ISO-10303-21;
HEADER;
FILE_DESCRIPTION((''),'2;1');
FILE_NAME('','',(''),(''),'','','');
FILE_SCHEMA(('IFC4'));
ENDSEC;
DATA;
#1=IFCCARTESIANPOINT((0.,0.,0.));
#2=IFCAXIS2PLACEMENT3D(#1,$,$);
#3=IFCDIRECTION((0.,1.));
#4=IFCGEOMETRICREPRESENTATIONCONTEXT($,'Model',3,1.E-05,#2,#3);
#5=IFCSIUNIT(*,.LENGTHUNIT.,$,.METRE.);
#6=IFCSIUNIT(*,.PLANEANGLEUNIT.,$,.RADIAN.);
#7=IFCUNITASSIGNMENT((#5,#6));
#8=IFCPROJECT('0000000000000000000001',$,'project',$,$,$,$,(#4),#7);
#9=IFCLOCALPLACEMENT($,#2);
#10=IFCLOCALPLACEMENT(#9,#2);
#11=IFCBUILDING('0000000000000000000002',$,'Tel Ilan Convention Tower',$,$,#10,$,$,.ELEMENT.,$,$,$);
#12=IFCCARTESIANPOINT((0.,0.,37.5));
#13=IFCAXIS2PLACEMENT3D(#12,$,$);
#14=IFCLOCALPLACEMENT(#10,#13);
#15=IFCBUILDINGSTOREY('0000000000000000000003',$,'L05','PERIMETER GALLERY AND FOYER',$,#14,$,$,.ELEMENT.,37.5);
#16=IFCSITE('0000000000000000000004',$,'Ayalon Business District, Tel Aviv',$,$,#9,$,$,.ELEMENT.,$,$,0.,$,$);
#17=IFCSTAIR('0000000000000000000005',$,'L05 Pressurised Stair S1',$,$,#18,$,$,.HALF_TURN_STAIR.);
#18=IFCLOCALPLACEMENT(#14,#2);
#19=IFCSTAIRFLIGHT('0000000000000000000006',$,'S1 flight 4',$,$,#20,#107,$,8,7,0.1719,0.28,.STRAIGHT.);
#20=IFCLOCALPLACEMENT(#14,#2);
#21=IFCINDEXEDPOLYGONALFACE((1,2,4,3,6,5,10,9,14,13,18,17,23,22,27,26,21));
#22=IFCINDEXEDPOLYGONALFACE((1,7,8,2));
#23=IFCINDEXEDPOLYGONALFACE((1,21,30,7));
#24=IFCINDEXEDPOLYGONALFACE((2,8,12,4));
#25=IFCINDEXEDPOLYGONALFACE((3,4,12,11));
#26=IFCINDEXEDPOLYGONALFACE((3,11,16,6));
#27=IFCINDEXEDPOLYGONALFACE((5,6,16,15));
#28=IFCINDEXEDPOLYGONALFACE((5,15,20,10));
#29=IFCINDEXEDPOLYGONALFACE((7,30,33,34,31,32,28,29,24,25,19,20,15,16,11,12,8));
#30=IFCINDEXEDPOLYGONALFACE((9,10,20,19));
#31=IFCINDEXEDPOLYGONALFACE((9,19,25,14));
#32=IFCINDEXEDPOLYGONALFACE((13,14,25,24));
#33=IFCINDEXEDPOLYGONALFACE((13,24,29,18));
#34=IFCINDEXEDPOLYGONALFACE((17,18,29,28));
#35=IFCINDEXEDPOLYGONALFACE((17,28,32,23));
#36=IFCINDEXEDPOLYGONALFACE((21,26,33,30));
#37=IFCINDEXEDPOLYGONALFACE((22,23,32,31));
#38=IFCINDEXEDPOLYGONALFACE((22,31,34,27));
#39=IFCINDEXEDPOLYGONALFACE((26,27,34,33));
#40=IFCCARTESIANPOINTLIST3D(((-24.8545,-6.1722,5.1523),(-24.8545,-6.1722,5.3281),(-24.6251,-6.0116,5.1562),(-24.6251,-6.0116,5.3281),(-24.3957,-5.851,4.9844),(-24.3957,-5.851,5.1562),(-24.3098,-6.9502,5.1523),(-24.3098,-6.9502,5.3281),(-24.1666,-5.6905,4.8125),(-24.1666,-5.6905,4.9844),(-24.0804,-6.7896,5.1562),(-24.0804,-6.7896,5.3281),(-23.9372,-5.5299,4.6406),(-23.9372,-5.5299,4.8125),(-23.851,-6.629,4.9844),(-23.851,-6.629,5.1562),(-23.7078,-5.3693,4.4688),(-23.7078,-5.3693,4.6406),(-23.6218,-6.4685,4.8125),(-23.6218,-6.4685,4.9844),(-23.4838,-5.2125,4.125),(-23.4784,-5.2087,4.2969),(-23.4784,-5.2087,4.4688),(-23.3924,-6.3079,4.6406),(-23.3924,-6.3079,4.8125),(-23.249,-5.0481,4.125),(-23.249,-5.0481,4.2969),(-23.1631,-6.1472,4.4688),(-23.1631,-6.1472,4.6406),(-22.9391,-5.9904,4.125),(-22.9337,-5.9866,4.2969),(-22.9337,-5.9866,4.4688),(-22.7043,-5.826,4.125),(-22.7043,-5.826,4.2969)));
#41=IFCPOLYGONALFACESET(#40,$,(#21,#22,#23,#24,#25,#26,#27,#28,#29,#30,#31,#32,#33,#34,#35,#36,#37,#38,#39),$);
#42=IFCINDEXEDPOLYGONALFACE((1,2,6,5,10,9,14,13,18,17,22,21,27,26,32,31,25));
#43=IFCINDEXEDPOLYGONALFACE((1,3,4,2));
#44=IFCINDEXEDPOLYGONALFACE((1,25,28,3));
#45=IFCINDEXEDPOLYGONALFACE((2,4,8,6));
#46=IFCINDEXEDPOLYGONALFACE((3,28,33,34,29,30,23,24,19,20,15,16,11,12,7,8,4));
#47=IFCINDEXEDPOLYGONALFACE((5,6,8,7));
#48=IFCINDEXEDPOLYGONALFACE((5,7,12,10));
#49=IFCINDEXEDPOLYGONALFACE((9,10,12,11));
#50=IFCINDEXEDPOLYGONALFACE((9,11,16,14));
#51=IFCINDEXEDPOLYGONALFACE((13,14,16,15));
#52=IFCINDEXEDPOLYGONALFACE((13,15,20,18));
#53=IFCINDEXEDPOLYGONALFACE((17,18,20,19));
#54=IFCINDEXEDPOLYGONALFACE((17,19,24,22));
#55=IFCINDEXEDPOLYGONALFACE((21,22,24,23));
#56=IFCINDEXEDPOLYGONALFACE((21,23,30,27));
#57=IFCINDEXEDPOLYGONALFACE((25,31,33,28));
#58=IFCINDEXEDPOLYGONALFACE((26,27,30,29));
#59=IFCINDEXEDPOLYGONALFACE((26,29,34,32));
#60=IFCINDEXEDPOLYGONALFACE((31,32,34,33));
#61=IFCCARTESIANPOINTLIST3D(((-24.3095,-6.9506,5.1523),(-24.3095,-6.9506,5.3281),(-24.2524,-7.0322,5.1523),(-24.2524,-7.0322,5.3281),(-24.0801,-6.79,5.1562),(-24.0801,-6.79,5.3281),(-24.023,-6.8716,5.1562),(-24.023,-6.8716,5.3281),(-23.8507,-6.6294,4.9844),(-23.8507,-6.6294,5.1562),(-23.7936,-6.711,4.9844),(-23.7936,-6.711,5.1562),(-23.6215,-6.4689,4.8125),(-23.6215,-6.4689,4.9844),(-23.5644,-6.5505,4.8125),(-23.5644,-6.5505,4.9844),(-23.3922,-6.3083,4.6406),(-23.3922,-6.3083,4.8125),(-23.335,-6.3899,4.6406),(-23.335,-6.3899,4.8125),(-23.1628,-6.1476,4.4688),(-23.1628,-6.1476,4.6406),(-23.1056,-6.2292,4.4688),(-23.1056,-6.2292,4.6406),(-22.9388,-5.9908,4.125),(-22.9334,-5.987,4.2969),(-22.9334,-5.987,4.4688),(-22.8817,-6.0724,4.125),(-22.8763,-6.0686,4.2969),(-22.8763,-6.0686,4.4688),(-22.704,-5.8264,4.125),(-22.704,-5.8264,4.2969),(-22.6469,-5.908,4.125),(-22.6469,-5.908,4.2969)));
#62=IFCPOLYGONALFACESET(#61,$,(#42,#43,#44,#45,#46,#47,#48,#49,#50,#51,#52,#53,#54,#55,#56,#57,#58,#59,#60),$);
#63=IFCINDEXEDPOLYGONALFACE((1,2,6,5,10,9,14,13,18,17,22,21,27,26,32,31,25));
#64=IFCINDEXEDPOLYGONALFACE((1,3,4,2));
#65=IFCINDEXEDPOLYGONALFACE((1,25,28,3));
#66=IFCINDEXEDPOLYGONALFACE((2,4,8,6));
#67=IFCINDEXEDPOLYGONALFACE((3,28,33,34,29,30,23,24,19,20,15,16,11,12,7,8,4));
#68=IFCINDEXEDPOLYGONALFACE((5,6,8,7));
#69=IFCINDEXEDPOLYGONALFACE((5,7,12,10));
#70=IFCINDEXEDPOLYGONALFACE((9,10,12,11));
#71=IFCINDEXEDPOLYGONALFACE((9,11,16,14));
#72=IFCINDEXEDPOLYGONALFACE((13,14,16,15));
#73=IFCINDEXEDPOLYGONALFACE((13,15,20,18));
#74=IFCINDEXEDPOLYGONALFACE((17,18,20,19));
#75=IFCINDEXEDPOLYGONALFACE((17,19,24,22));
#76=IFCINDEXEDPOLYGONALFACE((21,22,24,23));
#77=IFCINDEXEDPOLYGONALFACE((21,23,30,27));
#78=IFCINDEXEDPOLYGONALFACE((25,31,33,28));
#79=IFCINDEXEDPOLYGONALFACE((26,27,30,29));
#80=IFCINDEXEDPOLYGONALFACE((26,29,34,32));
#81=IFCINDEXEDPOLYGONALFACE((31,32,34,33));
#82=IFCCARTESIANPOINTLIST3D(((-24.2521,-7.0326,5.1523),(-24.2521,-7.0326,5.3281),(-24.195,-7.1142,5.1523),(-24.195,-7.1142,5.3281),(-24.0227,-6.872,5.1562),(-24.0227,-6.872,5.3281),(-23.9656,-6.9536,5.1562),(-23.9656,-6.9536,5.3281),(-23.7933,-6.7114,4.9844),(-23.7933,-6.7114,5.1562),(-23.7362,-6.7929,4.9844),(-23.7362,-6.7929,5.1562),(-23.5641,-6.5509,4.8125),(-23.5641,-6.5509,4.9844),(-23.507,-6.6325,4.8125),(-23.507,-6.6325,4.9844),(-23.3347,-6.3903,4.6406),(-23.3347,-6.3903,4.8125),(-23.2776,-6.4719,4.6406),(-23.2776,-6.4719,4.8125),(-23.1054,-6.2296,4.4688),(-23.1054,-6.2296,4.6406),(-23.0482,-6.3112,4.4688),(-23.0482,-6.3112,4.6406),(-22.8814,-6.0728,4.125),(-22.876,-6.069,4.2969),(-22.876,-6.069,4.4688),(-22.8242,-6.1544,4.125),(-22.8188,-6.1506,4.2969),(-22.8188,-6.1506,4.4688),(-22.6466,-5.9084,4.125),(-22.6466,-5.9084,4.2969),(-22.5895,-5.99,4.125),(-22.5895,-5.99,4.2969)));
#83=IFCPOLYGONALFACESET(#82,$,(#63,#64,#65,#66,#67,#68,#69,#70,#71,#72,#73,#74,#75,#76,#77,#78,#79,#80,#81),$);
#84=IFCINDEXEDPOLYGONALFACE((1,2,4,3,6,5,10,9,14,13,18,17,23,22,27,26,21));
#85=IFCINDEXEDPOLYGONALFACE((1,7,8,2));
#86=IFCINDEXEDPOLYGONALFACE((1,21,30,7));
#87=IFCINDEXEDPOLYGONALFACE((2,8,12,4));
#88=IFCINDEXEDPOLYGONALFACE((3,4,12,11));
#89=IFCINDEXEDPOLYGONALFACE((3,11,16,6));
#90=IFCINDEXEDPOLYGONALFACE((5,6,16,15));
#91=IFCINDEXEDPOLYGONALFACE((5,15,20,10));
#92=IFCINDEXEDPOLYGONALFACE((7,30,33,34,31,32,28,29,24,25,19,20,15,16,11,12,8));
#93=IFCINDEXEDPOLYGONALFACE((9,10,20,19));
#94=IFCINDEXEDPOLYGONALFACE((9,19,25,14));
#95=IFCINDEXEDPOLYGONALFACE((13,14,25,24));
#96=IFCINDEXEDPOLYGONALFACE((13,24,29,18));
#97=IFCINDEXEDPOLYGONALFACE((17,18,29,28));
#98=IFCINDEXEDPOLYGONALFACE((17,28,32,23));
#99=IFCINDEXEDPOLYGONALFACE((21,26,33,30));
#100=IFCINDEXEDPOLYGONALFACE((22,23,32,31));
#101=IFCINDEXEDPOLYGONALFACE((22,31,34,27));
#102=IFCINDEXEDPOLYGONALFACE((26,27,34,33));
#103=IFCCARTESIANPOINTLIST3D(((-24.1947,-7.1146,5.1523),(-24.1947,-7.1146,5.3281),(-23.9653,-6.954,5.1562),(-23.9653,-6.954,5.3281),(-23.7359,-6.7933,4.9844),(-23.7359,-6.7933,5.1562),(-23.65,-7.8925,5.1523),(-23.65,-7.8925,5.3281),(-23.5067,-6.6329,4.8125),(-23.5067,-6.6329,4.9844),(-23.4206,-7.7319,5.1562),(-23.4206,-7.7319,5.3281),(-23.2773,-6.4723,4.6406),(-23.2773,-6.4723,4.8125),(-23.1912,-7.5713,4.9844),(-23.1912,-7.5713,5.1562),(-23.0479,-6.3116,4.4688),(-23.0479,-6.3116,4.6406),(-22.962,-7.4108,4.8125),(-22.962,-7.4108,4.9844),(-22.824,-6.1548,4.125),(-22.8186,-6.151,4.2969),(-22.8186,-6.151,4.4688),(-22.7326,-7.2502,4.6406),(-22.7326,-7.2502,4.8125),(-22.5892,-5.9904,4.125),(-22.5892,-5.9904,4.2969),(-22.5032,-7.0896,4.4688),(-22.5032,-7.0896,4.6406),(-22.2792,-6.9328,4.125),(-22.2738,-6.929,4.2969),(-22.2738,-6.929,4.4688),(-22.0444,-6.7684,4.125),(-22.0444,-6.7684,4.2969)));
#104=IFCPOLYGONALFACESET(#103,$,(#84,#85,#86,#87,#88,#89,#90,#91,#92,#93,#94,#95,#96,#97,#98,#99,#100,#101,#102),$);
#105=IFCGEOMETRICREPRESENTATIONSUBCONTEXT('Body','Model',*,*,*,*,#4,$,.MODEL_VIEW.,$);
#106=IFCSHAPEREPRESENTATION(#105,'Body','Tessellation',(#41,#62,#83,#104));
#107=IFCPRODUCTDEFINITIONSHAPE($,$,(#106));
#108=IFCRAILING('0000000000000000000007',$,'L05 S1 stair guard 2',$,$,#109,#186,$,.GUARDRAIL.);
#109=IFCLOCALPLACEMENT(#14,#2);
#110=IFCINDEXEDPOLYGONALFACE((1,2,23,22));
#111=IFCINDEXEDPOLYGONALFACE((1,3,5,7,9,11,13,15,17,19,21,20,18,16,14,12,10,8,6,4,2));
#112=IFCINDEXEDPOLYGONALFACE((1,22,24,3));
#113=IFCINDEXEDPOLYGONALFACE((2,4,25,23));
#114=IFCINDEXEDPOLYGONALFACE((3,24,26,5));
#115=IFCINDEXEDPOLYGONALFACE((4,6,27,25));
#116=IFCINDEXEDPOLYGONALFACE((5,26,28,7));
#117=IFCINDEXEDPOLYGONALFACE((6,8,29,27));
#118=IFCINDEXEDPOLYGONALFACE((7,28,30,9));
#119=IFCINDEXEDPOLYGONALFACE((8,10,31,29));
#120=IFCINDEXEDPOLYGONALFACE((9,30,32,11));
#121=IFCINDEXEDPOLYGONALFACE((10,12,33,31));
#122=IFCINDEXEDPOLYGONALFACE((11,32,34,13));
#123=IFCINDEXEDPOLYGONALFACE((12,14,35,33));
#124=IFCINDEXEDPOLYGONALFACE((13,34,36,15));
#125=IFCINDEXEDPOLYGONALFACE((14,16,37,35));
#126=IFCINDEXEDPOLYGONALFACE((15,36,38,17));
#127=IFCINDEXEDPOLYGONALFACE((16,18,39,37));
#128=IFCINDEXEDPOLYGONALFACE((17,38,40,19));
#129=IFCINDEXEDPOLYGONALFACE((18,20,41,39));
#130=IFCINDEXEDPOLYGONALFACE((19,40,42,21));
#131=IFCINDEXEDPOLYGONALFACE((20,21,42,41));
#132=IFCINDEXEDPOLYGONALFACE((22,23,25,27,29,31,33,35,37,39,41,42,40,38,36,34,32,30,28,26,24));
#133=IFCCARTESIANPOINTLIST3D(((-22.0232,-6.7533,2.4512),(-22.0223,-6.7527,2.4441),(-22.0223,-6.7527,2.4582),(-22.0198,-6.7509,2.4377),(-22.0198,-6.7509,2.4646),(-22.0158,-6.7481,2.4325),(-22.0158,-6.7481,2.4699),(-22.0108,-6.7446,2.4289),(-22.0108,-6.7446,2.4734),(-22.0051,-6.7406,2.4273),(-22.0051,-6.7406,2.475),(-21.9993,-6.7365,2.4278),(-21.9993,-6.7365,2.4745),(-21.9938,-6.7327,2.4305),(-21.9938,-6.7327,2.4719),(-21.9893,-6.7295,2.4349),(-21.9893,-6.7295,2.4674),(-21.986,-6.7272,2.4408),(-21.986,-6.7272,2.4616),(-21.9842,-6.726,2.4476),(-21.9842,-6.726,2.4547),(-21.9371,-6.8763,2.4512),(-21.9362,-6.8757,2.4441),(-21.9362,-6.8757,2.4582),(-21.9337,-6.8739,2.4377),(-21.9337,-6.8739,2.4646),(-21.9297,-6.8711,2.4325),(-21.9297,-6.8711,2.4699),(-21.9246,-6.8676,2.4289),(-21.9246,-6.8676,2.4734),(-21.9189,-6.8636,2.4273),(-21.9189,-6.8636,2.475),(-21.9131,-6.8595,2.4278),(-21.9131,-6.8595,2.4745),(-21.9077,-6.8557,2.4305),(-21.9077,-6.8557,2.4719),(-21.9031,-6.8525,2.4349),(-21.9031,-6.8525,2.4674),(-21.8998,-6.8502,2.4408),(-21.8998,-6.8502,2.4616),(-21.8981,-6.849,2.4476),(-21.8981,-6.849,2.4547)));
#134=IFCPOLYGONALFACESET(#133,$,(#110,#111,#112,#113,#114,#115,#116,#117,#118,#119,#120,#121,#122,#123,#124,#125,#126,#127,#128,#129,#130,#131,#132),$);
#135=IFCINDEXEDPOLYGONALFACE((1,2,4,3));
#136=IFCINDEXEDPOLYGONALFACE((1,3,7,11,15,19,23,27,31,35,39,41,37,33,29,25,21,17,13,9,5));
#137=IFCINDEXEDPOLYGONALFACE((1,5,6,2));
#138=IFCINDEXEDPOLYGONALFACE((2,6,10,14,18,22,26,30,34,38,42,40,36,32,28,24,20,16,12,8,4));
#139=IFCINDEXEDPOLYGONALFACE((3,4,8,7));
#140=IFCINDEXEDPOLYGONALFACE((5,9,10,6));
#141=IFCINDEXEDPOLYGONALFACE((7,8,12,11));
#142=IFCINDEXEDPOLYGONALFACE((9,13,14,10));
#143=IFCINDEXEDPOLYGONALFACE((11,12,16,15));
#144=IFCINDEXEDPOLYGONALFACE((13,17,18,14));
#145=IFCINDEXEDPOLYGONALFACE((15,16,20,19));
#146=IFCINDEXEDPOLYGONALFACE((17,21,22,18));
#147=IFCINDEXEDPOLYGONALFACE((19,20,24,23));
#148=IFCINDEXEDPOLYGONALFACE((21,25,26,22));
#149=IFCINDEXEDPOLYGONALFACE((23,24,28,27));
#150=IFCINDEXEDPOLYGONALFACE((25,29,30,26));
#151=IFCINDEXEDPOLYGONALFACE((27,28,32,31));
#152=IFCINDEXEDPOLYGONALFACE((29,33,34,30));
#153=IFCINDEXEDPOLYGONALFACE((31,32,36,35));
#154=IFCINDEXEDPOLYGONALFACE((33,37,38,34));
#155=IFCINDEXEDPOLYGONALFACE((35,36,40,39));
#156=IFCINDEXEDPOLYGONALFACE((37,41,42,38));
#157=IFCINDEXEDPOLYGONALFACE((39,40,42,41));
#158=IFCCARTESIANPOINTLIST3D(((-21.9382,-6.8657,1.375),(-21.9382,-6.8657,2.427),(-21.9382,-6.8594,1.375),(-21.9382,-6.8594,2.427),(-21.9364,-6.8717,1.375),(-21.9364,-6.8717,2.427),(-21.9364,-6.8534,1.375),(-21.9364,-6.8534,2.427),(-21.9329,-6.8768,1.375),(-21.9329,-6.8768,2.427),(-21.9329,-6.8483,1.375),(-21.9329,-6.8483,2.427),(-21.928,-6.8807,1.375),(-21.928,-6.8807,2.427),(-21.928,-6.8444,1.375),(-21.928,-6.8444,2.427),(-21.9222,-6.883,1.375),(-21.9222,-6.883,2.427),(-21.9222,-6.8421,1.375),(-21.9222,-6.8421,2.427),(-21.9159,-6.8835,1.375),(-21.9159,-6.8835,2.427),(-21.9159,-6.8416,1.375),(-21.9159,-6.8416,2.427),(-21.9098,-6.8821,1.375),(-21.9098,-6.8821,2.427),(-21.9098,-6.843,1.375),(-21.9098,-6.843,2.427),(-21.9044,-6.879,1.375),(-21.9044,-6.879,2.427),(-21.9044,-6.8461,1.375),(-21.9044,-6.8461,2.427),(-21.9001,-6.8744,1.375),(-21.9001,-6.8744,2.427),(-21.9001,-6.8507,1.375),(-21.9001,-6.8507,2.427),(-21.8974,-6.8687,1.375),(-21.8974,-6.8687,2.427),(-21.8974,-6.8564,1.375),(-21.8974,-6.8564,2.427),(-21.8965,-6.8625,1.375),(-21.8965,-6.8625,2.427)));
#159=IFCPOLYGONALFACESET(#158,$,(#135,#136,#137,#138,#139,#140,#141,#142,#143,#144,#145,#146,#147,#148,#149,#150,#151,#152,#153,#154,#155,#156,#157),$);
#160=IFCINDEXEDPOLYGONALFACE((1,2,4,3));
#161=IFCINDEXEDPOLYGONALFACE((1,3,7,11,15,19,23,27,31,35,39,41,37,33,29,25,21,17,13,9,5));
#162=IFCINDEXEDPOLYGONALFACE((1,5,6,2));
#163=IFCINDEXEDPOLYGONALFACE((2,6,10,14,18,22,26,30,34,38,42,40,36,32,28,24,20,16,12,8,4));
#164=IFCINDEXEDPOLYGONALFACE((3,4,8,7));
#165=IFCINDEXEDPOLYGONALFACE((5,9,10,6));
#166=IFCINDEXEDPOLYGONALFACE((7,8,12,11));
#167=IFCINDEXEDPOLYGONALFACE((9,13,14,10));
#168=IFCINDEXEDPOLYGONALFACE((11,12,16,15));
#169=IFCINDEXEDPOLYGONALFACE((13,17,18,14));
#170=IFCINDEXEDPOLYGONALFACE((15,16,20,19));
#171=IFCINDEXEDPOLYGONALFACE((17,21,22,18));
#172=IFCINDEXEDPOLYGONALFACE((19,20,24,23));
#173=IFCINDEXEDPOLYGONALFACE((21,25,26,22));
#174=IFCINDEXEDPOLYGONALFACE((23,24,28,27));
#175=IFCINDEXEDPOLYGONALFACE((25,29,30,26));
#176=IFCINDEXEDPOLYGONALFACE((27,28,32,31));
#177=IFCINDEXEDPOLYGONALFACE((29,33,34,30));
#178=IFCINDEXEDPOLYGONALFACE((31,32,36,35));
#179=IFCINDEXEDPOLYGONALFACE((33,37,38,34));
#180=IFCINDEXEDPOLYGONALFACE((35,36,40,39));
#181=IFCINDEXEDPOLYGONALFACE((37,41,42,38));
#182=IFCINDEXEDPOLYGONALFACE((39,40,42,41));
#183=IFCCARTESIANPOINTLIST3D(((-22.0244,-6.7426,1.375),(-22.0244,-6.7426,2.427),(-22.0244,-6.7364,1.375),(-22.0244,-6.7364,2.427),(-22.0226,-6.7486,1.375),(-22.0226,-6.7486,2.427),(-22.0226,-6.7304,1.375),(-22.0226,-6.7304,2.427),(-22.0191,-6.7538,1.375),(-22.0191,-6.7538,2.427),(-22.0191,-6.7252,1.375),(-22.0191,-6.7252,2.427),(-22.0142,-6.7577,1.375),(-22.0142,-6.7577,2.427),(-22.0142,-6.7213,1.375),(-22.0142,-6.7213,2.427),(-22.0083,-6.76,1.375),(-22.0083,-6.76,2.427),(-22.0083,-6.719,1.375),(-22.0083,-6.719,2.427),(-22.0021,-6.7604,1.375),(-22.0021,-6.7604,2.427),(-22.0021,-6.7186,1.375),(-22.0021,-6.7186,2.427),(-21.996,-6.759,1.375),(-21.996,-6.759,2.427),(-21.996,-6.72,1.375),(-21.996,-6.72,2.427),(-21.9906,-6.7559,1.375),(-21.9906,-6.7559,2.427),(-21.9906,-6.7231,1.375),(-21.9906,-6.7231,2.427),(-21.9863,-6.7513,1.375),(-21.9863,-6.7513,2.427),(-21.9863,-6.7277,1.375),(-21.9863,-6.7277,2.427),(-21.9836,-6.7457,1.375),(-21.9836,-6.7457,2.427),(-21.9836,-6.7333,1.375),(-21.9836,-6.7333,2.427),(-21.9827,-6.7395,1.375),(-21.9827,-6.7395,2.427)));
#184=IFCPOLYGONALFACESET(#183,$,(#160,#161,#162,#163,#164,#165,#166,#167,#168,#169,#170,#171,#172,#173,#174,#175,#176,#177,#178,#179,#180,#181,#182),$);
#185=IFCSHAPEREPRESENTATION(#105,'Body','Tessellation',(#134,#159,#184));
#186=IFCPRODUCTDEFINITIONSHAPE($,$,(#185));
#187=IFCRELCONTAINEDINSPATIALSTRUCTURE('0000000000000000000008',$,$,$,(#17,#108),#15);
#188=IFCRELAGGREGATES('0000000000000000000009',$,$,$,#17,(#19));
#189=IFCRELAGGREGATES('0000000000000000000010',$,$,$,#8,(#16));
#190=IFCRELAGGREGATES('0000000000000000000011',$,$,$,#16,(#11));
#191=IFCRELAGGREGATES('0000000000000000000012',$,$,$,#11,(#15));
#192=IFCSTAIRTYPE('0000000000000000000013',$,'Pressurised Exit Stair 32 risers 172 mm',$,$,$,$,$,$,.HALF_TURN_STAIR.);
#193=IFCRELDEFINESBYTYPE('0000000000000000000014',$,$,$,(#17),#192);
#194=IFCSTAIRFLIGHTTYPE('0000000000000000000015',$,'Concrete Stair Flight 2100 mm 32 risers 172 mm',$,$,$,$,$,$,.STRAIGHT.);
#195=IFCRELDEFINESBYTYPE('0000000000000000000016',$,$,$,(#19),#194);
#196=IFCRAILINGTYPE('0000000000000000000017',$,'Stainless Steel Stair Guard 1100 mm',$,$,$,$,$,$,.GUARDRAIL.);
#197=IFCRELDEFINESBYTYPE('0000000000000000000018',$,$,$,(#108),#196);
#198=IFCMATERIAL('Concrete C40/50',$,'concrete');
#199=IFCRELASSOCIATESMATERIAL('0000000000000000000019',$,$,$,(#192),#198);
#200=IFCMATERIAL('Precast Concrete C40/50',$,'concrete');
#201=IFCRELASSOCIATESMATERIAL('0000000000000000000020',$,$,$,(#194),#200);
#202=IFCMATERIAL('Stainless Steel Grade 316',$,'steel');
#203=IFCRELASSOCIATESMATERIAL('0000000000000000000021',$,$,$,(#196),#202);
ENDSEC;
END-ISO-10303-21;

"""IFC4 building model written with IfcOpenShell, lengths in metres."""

from ifc_helpers import new_model, si_unit, direction, frame, origin, origin_2d, place, context, subcontext, project, spatial, polyline, circle, outline, extrude, material, type_object, element, aggregate, save


model = new_model("IFC4")

# Units and contexts
model_context = context("Model", 3, precision=1e-05, world=origin(), true_north=direction((0.0, 1.0)))
body_context = subcontext(model_context, "Body", "Model", "MODEL_VIEW")
ifc_project = project(units=[si_unit("LENGTHUNIT", "METRE"), si_unit("PLANEANGLEUNIT", "RADIAN")], contexts=[model_context])

# Site, building, storey
site_placement = place(None, origin())
site = spatial("IfcSite", under=ifc_project, at=site_placement, Name="Ayalon Business District, Tel Aviv", CompositionType="ELEMENT", RefElevation=0.0)
building_placement = place(site_placement, origin())
building = spatial("IfcBuilding", under=site, at=building_placement, Name="Tel Ilan Convention Tower", CompositionType="ELEMENT")
storey_placement = place(building_placement, frame((0.0, 0.0, 37.5)))
storey = spatial("IfcBuildingStorey", under=building, at=storey_placement, Name="L05", Description="PERIMETER GALLERY AND FOYER", CompositionType="ELEMENT", Elevation=37.5)

# Stair, stair flight
ifc_material_1 = material(Name="Concrete C40/50", Category="concrete")
stair_type = type_object("IfcStairType", Name="Pressurised Exit Stair 32 risers 172 mm", PredefinedType="HALF_TURN_STAIR", material=ifc_material_1)
stair_placement = place(storey_placement, origin())
stair = element("IfcStair", 1, at=stair_placement, inside=storey, type_object=stair_type, Name="L05 Pressurised Stair S1", PredefinedType="HALF_TURN_STAIR")
ifc_material_2 = material(Name="Precast Concrete C40/50", Category="concrete")
stair_flight_type = type_object("IfcStairFlightType", Name="Concrete Stair Flight 2100 mm 32 risers 172 mm", PredefinedType="STRAIGHT", material=ifc_material_2)
stair_flight_1_placement = place(storey_placement, frame((-22.6467, -5.9082, 4.125), z_axis=(0.0, 0.0, 1.0), x_axis=(-0.819152, -0.573576, 0.0)))
stair_flight_1 = element("IfcStairFlight", 2, at=stair_flight_1_placement, type_object=stair_flight_type, Name="S1 flight 4", NumberOfRisers=8, NumberOfTreads=7, PredefinedType="STRAIGHT", RiserHeight=0.1719, TreadLength=0.28, context=body_context, shape_type="SweptSolid", body=[
    extrude(outline(polyline([(0.0, 0.0), (0.0, 0.1719), (0.28, 0.1719), (0.28, 0.3438), (0.5601, 0.3438), (0.5601, 0.5156), (0.8401, 0.5156), (0.8401, 0.6875), (1.1201, 0.6875), (1.1201, 0.8594), (1.3999, 0.8594), (1.3999, 1.0312), (1.6799, 1.0312), (1.6799, 1.2031), (1.96, 1.2031), (1.96, 1.375), (1.96, 1.0273), (0.2866, 0.0), (0.0, 0.0)])), frame((0.0, -0.1003, 0.0), z_axis=(0.0, -1.0, 0.0), x_axis=(1.0, 0.0, 0.0)), (0.0, 0.0, 1.0), 0.9497),
    extrude(outline(polyline([(0.0, 0.0), (0.0, 0.1719), (0.28, 0.1719), (0.28, 0.3438), (0.5601, 0.3438), (0.5601, 0.5156), (0.8401, 0.5156), (0.8401, 0.6875), (1.1201, 0.6875), (1.1201, 0.8594), (1.3999, 0.8594), (1.3999, 1.0312), (1.6799, 1.0312), (1.6799, 1.2031), (1.96, 1.2031), (1.96, 1.375), (1.96, 1.0273), (0.2866, 0.0), (0.0, 0.0)])), frame((0.0, -0.0002, 0.0), z_axis=(0.0, -1.0, 0.0), x_axis=(1.0, 0.0, 0.0)), (0.0, 0.0, 1.0), 0.0996),
    extrude(outline(polyline([(0.0, 0.0), (0.0, 0.1719), (0.28, 0.1719), (0.28, 0.3438), (0.5601, 0.3438), (0.5601, 0.5156), (0.8401, 0.5156), (0.8401, 0.6875), (1.1201, 0.6875), (1.1201, 0.8594), (1.3999, 0.8594), (1.3999, 1.0312), (1.6799, 1.0312), (1.6799, 1.2031), (1.96, 1.2031), (1.96, 1.375), (1.96, 1.0273), (0.2866, 0.0), (0.0, 0.0)])), frame((0.0, 0.0999, 0.0), z_axis=(0.0, -1.0, 0.0), x_axis=(1.0, 0.0, 0.0)), (0.0, 0.0, 1.0), 0.0996),
    extrude(outline(polyline([(0.0, 0.0), (0.0, 0.1719), (0.28, 0.1719), (0.28, 0.3438), (0.5601, 0.3438), (0.5601, 0.5156), (0.8401, 0.5156), (0.8401, 0.6875), (1.1201, 0.6875), (1.1201, 0.8594), (1.3999, 0.8594), (1.3999, 1.0312), (1.6799, 1.0312), (1.6799, 1.2031), (1.96, 1.2031), (1.96, 1.375), (1.96, 1.0273), (0.2866, 0.0), (0.0, 0.0)])), frame((0.0, 1.05, 0.0), z_axis=(0.0, -1.0, 0.0), x_axis=(1.0, 0.0, 0.0)), (0.0, 0.0, 1.0), 0.9497),
])
aggregate(stair, [stair_flight_1])

# Railing
ifc_material_3 = material(Name="Stainless Steel Grade 316", Category="steel")
railing_type_1 = type_object("IfcRailingType", Name="Stainless Steel Stair Guard 1100 mm", PredefinedType="GUARDRAIL", material=ifc_material_3)
railing_1_placement = place(storey_placement, frame((-21.9175, -6.8625, 1.375)))
element("IfcRailing", 3, at=railing_1_placement, inside=storey, type_object=railing_type_1, Name="L05 S1 stair guard 2", PredefinedType="GUARDRAIL", context=body_context, shape_type="SweptSolid", body=[
    extrude(circle(Radius=0.0239, at=origin_2d()), frame((0.0, 0.0, 1.0762), z_axis=(-0.57368, 0.819079, 0.0), x_axis=(-0.819079, -0.57368, 0.0)), (0.0, 0.0, 1.0), 0.1501),
    extrude(circle(Radius=0.021, at=origin_2d()), origin(), (0.0, 0.0, 1.0), 1.052),
    extrude(circle(Radius=0.021, at=origin_2d()), frame((-0.0862, 0.123, 0.0)), (0.0, 0.0, 1.0), 1.052),
])

save(model, "model.ifc")
